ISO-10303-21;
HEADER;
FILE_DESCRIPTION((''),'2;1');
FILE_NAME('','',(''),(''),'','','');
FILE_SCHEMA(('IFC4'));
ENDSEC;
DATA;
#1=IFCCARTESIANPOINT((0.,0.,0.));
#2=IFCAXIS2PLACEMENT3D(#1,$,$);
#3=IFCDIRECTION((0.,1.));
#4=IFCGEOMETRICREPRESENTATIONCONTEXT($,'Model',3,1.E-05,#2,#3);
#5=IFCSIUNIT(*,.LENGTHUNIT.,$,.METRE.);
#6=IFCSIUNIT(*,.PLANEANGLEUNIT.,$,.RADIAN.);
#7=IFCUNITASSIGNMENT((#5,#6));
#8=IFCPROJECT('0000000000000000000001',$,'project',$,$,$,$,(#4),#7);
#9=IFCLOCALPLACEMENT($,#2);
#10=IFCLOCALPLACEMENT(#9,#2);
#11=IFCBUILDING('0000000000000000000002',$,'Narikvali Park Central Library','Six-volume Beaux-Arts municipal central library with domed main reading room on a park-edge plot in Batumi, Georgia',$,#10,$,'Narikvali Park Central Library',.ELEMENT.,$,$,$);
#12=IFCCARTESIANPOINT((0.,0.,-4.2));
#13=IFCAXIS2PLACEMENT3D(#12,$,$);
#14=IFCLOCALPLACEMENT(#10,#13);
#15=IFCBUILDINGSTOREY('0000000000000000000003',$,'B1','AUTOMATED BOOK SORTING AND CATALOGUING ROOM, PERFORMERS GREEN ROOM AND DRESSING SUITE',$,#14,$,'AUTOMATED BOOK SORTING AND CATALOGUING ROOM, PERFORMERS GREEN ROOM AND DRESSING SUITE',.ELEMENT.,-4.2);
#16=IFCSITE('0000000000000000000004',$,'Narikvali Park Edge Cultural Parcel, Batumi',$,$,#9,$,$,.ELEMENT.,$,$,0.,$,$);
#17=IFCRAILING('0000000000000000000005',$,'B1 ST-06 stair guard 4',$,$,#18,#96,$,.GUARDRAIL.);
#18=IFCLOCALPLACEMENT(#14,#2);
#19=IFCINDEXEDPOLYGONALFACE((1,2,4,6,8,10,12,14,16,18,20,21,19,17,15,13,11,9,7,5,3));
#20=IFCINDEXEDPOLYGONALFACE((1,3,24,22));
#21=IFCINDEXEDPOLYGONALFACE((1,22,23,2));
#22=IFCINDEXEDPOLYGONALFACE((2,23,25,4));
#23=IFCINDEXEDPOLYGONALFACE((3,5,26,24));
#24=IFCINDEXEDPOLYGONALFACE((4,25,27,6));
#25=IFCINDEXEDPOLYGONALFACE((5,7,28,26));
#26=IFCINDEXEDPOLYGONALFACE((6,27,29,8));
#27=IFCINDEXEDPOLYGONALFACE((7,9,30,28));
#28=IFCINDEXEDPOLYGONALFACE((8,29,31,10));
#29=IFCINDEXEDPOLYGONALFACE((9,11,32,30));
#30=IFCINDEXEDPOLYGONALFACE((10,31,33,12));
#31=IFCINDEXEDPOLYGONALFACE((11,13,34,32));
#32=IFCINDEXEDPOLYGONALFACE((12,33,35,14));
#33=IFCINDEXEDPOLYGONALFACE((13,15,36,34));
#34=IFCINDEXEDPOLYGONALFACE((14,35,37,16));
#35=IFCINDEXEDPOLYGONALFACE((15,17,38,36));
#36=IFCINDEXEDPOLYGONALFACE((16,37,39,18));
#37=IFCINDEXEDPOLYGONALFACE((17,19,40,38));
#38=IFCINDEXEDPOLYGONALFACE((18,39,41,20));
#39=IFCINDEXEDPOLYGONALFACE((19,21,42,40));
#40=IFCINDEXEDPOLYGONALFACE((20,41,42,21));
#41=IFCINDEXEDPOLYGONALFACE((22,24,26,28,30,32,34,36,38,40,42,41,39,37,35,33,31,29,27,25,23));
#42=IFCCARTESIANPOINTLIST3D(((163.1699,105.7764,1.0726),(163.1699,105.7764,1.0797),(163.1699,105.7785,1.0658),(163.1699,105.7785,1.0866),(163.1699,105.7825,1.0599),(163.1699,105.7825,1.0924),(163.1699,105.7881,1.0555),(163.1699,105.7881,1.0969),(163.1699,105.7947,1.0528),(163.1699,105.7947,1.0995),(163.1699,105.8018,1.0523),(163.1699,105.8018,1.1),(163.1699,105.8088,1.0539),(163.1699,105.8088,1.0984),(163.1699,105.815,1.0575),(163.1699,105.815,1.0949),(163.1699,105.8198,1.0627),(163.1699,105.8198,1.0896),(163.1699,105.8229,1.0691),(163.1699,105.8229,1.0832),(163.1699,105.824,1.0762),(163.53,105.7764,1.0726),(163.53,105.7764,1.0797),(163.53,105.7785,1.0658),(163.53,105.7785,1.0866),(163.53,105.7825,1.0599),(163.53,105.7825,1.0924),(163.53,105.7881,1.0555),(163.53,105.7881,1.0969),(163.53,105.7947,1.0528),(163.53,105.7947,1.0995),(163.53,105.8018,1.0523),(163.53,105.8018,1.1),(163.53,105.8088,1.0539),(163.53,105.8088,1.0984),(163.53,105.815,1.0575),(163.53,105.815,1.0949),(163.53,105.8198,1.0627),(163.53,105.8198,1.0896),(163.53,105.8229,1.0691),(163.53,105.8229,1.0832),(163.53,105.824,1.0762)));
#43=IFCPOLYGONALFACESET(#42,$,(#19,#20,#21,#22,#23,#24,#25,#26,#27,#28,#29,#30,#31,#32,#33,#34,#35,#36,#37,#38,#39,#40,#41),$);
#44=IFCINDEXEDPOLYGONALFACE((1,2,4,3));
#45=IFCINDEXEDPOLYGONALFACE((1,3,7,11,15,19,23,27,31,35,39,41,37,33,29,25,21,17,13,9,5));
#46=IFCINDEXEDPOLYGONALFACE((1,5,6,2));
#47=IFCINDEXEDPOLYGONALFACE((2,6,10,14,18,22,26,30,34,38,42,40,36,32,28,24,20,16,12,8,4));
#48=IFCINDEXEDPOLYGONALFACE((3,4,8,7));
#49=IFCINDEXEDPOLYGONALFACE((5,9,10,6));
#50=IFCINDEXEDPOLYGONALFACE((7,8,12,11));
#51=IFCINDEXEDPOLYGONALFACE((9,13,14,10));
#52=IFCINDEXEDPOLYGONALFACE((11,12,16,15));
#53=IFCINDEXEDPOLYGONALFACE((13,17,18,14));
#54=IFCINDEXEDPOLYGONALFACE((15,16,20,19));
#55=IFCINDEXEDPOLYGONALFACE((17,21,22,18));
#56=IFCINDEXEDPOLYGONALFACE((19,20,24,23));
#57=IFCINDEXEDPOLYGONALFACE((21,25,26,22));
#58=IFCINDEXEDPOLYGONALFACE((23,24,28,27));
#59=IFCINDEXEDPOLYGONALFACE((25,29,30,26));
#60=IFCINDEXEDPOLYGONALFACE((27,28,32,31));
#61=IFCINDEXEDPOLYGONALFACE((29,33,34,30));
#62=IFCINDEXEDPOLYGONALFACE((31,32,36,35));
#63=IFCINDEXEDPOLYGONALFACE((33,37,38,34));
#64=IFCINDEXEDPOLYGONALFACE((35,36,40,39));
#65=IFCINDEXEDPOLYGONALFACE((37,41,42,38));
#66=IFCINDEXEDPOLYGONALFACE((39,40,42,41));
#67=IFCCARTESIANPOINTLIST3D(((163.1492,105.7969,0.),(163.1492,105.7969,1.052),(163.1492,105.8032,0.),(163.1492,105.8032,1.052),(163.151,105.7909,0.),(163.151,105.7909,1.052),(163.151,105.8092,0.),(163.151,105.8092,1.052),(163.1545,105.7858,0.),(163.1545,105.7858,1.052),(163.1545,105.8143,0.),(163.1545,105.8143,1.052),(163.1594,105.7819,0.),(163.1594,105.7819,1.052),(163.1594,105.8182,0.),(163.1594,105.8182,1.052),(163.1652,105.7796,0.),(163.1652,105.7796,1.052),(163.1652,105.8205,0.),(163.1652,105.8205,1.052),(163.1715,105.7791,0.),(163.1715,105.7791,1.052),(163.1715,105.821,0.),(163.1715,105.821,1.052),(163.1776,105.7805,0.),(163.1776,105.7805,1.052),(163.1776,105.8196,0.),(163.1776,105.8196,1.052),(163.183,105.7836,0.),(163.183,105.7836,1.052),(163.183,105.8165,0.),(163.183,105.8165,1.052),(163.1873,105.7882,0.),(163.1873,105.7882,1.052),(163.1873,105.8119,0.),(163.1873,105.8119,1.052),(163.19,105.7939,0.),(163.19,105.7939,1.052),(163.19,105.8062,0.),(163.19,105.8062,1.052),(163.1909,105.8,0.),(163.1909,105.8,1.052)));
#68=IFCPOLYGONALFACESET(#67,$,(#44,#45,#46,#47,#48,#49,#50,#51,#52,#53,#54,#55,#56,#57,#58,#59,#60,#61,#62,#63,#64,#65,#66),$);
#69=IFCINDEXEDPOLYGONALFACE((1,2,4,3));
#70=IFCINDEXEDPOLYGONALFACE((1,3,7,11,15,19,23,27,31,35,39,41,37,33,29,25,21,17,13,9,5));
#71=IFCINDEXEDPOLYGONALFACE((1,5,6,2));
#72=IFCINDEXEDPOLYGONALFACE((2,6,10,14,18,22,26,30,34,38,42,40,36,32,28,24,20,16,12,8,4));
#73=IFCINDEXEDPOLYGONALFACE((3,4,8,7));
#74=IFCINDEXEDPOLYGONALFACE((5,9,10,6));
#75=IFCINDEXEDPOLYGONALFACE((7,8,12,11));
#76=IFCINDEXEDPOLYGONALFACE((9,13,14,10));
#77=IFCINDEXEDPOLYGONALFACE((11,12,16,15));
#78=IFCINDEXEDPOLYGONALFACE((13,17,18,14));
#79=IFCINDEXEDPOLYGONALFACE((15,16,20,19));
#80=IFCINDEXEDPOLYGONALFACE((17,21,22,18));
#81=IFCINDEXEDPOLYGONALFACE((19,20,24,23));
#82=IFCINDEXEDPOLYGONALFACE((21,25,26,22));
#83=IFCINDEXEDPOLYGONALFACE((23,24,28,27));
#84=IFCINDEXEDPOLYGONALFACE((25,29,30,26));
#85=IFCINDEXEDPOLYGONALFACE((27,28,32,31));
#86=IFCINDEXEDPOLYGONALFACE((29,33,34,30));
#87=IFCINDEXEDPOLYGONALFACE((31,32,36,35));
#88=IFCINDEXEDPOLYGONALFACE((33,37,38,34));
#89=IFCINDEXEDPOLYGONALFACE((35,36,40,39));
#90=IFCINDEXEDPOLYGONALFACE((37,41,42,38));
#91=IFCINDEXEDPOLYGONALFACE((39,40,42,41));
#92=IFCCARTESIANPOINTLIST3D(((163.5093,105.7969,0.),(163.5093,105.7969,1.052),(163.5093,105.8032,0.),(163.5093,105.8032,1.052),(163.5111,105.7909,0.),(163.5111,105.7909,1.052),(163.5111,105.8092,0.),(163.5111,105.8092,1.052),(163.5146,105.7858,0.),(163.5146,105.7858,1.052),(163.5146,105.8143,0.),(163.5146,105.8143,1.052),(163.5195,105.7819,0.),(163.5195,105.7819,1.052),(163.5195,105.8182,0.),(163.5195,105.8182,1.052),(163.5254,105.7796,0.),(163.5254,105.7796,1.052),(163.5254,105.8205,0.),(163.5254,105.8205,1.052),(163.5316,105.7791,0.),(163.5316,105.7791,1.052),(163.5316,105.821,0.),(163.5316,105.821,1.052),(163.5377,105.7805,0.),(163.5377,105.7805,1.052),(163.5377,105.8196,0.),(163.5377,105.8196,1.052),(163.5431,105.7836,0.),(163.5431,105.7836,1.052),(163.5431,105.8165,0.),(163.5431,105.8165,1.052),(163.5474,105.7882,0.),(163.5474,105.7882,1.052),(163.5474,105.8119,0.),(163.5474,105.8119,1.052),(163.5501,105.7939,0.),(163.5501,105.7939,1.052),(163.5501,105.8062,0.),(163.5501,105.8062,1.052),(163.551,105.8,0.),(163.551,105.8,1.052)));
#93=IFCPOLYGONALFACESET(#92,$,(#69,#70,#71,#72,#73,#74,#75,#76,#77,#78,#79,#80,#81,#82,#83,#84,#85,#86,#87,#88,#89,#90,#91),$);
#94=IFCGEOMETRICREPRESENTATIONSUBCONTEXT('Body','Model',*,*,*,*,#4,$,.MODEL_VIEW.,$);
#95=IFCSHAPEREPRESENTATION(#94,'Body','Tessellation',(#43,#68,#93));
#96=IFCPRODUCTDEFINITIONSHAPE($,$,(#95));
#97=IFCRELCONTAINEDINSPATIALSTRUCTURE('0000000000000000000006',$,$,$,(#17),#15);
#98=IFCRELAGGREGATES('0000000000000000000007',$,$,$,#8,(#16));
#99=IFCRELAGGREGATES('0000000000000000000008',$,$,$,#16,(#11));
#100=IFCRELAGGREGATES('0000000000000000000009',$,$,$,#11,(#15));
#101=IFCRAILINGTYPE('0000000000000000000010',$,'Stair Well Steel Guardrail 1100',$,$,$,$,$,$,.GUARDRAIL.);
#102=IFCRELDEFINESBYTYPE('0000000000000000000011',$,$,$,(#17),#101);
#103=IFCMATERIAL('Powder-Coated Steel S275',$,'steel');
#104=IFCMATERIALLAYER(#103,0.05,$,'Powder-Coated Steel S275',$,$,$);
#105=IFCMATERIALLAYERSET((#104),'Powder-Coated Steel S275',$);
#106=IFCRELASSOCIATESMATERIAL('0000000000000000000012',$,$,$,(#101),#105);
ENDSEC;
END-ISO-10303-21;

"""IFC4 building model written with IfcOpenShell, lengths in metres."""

from ifc_helpers import new_model, si_unit, direction, frame, origin, origin_2d, place, context, subcontext, project, spatial, circle, extrude, material, layer, layer_set, type_object, element, save


model = new_model("IFC4")

# Units and contexts
model_context = context("Model", 3, precision=1e-05, world=origin(), true_north=direction((0.0, 1.0)))
body_context = subcontext(model_context, "Body", "Model", "MODEL_VIEW")
ifc_project = project(units=[si_unit("LENGTHUNIT", "METRE"), si_unit("PLANEANGLEUNIT", "RADIAN")], contexts=[model_context])

# Site, building, storey
site_placement = place(None, origin())
site = spatial("IfcSite", under=ifc_project, at=site_placement, Name="Narikvali Park Edge Cultural Parcel, Batumi", CompositionType="ELEMENT", RefElevation=0.0)
building_placement = place(site_placement, origin())
building = spatial("IfcBuilding", under=site, at=building_placement, Name="Narikvali Park Central Library", Description="Six-volume Beaux-Arts municipal central library with domed main reading room on a park-edge plot in Batumi, Georgia", LongName="Narikvali Park Central Library", CompositionType="ELEMENT")
storey_placement = place(building_placement, frame((0.0, 0.0, -4.2)))
storey = spatial("IfcBuildingStorey", under=building, at=storey_placement, Name="B1", Description="AUTOMATED BOOK SORTING AND CATALOGUING ROOM, PERFORMERS GREEN ROOM AND DRESSING SUITE", LongName="AUTOMATED BOOK SORTING AND CATALOGUING ROOM, PERFORMERS GREEN ROOM AND DRESSING SUITE", CompositionType="ELEMENT", Elevation=-4.2)

# Railing
ifc_material_1 = material(Name="Powder-Coated Steel S275", Category="steel")
ifc_layer_1 = layer(ifc_material_1, 0.05, Name="Powder-Coated Steel S275")
ifc_layer_set_1 = layer_set([ifc_layer_1], Name="Powder-Coated Steel S275")
railing_type_1 = type_object("IfcRailingType", Name="Stair Well Steel Guardrail 1100", PredefinedType="GUARDRAIL", material=ifc_layer_set_1)
railing_1_placement = place(storey_placement, frame((163.1699, 105.8, 0.0)))
element("IfcRailing", 1, at=railing_1_placement, inside=storey, type_object=railing_type_1, Name="B1 ST-06 stair guard 4", PredefinedType="GUARDRAIL", context=body_context, shape_type="SweptSolid", body=[
    extrude(circle(Radius=0.0239, at=origin_2d()), frame((0.0, 0.0, 1.0762), z_axis=(1.0, 0.0, 0.0), x_axis=(0.0, 1.0, 0.0)), (0.0, 0.0, 1.0), 0.3601),
    extrude(circle(Radius=0.021, at=origin_2d()), origin(), (0.0, 0.0, 1.0), 1.052),
    extrude(circle(Radius=0.021, at=origin_2d()), frame((0.3601, 0.0, 0.0)), (0.0, 0.0, 1.0), 1.052),
])

save(model, "model.ifc")
